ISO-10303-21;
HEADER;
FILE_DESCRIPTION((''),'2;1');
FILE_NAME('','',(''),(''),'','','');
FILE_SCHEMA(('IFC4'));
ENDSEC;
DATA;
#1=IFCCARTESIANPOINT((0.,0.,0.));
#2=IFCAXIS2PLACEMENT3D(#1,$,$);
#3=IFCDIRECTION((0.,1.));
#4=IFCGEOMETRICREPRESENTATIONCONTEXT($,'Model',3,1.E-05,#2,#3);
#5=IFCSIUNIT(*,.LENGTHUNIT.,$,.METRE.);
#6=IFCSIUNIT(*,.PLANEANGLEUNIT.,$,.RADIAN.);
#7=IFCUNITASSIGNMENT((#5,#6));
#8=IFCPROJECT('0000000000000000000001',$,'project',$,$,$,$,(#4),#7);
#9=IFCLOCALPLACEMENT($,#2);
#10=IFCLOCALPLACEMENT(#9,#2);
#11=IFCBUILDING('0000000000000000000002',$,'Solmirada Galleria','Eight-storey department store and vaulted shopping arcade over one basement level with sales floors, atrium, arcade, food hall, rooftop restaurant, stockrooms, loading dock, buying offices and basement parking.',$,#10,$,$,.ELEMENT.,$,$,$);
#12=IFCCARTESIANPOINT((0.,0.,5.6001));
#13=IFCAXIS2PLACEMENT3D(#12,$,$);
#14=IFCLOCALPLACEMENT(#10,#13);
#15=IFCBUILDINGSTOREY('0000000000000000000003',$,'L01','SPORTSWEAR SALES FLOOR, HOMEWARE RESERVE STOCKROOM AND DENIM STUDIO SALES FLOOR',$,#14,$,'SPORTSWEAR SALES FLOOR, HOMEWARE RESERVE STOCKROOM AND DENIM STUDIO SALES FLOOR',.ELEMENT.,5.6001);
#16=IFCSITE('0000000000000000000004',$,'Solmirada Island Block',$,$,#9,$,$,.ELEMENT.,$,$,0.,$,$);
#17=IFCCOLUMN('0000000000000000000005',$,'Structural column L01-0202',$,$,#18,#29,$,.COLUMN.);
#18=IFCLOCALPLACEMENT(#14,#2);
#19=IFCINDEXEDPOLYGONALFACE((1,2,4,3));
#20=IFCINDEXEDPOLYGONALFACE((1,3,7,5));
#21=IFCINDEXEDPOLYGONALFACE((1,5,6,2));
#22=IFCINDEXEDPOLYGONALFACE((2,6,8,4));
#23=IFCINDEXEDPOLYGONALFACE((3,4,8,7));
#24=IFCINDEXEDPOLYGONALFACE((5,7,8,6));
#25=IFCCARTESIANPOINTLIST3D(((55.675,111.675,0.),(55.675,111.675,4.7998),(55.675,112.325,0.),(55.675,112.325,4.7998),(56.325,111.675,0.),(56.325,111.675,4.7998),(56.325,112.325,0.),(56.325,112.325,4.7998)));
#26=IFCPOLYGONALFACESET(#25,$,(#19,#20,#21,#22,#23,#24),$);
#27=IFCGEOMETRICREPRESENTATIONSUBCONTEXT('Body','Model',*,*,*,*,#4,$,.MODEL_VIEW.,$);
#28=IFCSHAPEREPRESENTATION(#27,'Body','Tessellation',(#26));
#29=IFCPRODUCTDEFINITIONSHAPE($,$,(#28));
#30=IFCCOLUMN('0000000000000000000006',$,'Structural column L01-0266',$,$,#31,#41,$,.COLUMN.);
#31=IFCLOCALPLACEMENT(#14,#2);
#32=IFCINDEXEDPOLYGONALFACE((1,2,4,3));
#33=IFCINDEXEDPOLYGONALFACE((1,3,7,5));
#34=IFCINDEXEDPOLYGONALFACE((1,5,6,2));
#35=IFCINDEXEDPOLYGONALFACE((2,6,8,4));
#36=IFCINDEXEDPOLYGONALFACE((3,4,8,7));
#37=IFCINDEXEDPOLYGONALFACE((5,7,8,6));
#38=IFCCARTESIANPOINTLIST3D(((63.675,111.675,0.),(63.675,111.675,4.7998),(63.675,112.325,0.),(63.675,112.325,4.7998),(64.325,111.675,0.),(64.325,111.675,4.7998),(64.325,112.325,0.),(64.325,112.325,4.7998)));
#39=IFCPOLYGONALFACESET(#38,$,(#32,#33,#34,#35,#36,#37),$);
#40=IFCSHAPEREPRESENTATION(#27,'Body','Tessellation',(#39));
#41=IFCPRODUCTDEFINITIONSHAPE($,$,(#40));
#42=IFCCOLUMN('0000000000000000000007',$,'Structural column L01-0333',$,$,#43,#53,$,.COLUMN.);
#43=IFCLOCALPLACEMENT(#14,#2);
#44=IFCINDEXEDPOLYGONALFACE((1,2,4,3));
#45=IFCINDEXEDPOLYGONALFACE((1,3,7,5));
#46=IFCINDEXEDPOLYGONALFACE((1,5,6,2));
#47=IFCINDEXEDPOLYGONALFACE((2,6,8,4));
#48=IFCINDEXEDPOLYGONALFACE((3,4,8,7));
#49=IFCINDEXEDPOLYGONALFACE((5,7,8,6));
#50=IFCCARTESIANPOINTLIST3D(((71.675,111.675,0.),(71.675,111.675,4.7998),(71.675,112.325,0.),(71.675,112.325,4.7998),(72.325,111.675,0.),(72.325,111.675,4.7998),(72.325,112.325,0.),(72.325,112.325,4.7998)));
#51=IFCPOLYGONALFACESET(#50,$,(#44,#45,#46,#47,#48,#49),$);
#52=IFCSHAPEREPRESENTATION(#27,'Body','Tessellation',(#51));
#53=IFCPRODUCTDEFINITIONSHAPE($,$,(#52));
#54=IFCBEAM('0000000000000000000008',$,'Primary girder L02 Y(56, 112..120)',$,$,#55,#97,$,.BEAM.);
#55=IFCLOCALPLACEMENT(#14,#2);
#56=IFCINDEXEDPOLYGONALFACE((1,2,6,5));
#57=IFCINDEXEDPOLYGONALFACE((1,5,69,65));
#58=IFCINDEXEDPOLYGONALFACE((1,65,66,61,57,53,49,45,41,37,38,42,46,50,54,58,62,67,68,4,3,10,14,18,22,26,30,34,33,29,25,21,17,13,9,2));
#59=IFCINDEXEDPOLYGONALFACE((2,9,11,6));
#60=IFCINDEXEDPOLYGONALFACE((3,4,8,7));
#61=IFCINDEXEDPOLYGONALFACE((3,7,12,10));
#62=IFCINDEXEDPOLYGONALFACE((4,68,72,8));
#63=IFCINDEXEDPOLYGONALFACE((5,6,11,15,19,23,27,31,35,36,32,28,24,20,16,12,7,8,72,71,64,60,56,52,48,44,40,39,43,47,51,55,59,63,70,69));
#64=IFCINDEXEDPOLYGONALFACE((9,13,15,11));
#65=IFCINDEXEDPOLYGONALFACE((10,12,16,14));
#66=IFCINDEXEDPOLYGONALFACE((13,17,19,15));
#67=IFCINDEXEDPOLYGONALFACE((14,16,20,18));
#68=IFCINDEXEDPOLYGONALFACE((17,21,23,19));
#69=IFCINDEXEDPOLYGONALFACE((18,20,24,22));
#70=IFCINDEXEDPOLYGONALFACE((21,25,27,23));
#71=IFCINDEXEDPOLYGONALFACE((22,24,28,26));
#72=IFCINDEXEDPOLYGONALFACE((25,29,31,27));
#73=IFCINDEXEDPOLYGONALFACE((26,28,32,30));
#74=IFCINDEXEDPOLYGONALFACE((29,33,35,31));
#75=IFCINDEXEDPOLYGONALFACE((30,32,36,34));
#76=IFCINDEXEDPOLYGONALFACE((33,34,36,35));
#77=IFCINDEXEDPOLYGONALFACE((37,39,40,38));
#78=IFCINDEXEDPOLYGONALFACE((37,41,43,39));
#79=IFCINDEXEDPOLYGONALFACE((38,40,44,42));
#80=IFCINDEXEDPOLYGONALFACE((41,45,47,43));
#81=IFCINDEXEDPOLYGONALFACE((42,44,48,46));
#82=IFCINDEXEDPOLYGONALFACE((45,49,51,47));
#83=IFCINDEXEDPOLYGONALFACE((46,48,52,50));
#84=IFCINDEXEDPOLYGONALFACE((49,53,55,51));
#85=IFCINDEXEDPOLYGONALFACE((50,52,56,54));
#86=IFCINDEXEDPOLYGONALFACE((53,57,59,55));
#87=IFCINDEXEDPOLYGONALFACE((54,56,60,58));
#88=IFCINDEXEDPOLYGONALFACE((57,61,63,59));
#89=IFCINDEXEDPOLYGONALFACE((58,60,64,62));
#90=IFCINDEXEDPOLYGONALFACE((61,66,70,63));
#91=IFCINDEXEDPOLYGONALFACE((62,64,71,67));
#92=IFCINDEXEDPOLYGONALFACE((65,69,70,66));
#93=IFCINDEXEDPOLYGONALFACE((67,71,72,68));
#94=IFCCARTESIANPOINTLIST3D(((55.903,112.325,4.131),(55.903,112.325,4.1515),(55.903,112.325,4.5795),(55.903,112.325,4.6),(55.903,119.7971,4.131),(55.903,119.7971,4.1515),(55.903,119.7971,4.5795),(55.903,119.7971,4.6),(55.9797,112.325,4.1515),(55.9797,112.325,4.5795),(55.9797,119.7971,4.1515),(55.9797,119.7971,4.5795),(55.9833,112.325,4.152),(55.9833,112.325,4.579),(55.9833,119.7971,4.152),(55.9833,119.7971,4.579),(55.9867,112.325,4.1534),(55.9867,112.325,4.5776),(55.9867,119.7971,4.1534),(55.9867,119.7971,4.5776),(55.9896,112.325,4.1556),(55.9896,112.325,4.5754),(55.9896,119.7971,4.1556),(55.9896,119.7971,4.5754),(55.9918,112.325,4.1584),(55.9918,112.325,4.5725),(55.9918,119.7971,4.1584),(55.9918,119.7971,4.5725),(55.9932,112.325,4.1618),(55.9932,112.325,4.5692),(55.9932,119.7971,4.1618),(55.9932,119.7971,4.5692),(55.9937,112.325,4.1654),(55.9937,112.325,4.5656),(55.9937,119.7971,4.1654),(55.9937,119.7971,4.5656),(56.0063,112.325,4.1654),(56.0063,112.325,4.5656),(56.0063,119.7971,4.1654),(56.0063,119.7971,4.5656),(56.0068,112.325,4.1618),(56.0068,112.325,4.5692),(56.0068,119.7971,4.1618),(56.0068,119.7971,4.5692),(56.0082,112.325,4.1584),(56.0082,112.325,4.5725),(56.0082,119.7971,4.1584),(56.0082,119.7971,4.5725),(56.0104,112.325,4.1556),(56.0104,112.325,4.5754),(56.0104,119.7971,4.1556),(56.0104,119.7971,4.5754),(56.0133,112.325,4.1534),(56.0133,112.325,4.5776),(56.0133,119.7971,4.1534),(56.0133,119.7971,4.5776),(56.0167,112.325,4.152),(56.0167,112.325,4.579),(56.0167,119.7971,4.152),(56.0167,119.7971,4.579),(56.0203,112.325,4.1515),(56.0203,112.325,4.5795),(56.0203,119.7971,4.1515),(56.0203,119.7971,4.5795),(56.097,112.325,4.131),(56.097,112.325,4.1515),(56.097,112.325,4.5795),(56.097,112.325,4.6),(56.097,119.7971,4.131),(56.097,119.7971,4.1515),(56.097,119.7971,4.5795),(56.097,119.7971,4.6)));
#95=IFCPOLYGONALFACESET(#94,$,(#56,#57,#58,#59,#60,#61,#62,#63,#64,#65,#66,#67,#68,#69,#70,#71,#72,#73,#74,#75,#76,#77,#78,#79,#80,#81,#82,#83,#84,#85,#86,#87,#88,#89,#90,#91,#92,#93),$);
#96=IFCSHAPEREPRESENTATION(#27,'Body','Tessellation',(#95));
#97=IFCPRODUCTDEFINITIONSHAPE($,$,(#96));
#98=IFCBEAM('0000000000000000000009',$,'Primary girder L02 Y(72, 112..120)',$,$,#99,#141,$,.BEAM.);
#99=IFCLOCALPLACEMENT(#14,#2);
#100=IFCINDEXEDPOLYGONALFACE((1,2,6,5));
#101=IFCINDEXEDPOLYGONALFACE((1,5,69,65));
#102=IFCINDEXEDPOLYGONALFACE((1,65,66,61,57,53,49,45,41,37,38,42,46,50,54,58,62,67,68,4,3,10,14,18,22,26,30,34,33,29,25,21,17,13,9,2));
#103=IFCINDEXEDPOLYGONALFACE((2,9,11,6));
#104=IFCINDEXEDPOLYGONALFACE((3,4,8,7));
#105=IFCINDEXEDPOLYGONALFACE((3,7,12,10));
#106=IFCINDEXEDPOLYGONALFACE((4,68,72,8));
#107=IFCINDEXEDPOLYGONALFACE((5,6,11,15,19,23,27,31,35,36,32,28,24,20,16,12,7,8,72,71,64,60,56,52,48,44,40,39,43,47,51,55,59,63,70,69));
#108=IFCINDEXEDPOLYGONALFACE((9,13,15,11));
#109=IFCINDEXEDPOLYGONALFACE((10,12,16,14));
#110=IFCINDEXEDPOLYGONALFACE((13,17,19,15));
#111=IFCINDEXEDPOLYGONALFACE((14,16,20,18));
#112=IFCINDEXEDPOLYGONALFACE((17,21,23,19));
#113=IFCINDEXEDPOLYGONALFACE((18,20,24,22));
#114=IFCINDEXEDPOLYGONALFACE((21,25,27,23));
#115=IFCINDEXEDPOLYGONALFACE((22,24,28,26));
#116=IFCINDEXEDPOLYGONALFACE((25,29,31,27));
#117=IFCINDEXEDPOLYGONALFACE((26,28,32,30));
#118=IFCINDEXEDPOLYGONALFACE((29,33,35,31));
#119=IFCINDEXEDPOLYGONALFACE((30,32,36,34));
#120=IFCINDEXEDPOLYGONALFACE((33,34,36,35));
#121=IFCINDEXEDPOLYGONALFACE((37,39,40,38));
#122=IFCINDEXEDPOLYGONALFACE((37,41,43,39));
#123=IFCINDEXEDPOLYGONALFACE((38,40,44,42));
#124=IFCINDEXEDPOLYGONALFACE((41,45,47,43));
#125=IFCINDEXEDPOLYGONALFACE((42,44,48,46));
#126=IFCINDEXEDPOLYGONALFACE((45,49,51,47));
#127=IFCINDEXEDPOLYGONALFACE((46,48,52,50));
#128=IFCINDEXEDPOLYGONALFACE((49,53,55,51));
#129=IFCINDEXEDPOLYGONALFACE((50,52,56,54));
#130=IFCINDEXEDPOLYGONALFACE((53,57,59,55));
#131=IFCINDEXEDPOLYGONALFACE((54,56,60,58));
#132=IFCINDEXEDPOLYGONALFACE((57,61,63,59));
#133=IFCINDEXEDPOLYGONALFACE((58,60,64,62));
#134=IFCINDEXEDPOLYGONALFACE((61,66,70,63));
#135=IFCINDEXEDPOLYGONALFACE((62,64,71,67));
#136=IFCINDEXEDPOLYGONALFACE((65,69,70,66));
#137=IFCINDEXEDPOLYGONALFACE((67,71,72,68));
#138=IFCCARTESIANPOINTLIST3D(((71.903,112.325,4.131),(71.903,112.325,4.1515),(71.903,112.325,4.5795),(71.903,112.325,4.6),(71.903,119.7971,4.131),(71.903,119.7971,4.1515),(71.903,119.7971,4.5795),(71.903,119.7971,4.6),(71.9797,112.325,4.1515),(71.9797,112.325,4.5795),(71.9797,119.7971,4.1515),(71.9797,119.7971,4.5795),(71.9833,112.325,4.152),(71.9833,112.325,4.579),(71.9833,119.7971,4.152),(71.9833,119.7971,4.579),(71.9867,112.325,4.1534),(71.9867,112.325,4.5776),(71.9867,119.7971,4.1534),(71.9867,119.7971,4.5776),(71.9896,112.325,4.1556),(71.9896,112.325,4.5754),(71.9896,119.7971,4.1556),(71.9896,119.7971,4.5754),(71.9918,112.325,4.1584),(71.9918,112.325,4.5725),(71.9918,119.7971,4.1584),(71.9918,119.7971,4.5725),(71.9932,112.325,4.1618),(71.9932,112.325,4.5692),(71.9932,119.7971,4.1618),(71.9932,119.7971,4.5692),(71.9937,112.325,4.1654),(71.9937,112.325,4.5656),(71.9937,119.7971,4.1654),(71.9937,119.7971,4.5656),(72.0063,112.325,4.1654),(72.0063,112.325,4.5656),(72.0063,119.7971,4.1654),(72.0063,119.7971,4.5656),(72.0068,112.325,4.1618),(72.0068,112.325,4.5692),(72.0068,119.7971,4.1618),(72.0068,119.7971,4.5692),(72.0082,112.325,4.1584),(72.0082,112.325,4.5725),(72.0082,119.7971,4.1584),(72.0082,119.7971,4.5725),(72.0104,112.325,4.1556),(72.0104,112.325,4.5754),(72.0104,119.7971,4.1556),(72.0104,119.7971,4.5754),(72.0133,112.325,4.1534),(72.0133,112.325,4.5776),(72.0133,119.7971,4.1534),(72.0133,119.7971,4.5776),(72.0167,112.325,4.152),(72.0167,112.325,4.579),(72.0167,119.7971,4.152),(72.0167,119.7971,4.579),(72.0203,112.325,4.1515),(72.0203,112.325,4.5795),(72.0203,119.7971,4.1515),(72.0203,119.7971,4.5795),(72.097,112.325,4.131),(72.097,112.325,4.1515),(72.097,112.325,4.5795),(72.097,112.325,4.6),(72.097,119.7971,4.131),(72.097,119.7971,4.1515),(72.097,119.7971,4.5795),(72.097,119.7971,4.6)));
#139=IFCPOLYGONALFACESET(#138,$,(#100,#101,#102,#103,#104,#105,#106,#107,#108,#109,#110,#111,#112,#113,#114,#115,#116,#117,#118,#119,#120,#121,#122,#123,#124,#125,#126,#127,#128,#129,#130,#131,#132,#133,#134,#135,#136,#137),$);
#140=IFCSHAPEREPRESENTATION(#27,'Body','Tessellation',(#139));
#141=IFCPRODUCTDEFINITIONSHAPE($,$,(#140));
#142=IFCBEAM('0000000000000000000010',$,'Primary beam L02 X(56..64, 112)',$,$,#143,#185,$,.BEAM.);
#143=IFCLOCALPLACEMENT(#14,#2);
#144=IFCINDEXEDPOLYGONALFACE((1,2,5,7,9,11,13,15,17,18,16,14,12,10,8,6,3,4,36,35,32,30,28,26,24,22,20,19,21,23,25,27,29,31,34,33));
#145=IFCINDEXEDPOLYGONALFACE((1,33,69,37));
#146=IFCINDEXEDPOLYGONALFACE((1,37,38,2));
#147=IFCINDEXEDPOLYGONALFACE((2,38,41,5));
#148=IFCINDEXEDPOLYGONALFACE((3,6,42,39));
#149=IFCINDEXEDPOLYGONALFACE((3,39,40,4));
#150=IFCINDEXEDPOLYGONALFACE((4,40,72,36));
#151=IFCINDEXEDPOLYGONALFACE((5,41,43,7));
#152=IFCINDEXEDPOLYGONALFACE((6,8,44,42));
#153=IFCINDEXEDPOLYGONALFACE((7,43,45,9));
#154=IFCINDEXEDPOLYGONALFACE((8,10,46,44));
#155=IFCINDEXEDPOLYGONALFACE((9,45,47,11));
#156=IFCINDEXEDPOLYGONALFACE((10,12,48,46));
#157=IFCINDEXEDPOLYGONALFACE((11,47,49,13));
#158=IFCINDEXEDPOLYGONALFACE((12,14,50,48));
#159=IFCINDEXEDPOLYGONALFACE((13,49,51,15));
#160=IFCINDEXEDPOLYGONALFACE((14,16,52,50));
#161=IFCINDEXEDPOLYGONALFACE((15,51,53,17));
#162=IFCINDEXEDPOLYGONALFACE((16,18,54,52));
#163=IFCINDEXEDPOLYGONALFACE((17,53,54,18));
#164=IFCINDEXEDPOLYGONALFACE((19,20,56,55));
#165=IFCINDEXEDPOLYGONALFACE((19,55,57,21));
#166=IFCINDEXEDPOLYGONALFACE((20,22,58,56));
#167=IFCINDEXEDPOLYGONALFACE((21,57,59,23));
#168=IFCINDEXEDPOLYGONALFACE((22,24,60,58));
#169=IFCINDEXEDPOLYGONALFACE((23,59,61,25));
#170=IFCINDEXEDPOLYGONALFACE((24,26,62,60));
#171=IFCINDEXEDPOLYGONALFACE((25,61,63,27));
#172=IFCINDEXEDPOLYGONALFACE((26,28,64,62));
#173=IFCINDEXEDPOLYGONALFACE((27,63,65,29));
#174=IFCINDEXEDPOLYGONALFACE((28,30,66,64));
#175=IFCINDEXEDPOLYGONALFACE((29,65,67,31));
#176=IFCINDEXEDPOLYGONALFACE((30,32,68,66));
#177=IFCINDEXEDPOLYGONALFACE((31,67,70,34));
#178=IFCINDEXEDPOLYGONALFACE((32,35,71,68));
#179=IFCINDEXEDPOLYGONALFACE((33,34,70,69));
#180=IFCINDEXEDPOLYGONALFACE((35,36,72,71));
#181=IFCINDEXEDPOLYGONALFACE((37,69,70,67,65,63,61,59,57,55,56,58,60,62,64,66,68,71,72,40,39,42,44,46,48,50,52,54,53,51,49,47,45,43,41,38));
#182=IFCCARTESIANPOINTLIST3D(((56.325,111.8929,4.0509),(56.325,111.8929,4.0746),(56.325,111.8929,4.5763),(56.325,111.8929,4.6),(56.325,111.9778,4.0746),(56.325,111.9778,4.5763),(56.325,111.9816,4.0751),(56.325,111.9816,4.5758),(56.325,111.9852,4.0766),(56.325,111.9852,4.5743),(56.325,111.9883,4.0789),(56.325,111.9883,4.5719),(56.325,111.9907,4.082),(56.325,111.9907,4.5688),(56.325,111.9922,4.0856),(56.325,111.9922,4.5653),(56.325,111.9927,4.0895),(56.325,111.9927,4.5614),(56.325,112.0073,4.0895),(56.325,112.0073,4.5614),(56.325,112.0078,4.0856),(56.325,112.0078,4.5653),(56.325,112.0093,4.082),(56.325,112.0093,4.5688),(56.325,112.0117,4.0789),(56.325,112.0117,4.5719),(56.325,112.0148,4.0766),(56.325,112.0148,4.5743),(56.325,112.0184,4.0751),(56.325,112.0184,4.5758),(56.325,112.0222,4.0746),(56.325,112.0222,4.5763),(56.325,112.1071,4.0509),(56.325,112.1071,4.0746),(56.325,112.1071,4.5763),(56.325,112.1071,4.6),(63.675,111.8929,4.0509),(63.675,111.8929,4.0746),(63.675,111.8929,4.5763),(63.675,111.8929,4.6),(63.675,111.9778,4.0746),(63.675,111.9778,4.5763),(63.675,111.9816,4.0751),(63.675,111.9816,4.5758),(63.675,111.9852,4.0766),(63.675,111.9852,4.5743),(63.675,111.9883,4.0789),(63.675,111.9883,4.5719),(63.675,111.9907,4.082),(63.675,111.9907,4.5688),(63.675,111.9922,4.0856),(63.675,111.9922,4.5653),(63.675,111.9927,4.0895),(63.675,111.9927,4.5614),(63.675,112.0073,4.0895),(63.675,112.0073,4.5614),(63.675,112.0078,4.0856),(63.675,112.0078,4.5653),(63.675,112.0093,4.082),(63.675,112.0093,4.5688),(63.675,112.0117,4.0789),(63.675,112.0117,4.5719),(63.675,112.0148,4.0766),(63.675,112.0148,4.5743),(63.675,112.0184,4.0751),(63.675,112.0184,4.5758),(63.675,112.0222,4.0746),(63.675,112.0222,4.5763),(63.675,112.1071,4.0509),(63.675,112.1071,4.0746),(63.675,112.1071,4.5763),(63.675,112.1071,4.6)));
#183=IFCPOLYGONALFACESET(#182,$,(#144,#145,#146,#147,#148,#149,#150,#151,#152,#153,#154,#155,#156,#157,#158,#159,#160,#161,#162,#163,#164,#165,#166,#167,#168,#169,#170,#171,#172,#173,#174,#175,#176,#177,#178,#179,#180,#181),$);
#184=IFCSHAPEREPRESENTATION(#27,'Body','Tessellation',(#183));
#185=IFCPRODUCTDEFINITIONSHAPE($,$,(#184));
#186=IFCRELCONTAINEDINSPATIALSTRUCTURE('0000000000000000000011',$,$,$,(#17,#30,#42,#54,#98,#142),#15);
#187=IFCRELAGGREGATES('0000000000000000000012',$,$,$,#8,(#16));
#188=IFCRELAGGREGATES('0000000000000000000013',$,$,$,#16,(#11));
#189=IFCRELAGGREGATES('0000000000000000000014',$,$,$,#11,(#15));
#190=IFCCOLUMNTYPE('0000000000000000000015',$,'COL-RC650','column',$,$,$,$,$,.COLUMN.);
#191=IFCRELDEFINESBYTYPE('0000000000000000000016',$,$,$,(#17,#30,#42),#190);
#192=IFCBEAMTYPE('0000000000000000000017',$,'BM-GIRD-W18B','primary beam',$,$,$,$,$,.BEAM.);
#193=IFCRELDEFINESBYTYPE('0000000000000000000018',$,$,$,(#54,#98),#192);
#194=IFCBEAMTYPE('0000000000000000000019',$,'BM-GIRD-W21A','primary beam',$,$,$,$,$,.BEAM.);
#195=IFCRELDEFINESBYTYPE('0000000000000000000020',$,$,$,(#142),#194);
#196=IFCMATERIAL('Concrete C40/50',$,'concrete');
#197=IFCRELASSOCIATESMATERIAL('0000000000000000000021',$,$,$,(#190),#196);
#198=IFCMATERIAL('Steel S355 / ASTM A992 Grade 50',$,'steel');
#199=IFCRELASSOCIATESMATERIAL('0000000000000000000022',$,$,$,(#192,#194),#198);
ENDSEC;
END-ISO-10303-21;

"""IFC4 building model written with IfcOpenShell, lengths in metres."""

from ifc_helpers import new_model, si_unit, direction, frame, origin, origin_2d, place, context, subcontext, project, spatial, rectangle, i_section, extrude, material, material_profile, profile_set, type_object, element, save


model = new_model("IFC4")

# Units and contexts
model_context = context("Model", 3, precision=1e-05, world=origin(), true_north=direction((0.0, 1.0)))
body_context = subcontext(model_context, "Body", "Model", "MODEL_VIEW")
ifc_project = project(units=[si_unit("LENGTHUNIT", "METRE"), si_unit("PLANEANGLEUNIT", "RADIAN")], contexts=[model_context])

# Site, building, storey
site_placement = place(None, origin())
site = spatial("IfcSite", under=ifc_project, at=site_placement, Name="Solmirada Island Block", CompositionType="ELEMENT", RefElevation=0.0)
building_placement = place(site_placement, origin())
building = spatial("IfcBuilding", under=site, at=building_placement, Name="Solmirada Galleria", Description="Eight-storey department store and vaulted shopping arcade over one basement level with sales floors, atrium, arcade, food hall, rooftop restaurant, stockrooms, loading dock, buying offices and basement parking.", CompositionType="ELEMENT")
storey_placement = place(building_placement, frame((0.0, 0.0, 5.6001)))
storey = spatial("IfcBuildingStorey", under=building, at=storey_placement, Name="L01", Description="SPORTSWEAR SALES FLOOR, HOMEWARE RESERVE STOCKROOM AND DENIM STUDIO SALES FLOOR", LongName="SPORTSWEAR SALES FLOOR, HOMEWARE RESERVE STOCKROOM AND DENIM STUDIO SALES FLOOR", CompositionType="ELEMENT", Elevation=5.6001)

# Columns
ifc_material_1 = material(Name="Concrete C40/50", Category="concrete")
ifc_material_profile_1 = material_profile(ifc_material_1, rectangle(XDim=0.6499, YDim=0.6499, at=origin_2d()), Name="RC650X650")
ifc_profile_set_1 = profile_set([ifc_material_profile_1], Name="Concrete C40/50")
column_type = type_object("IfcColumnType", Name="COL-RC650", Description="column", PredefinedType="COLUMN", material=ifc_profile_set_1)
for number, where, z_axis, x_axis, name in (
    (1, (56.0, 112.0, 0.0), (0.0, 0.0, 1.0), (1.0, 0.0, 0.0), "Structural column L01-0202"),
    (2, (64.0, 112.0, 0.0), (0.0, 0.0, 1.0), (1.0, 0.0, 0.0), "Structural column L01-0266"),
    (3, (72.0, 112.0, 0.0), (0.0, 0.0, 1.0), (1.0, 0.0, 0.0), "Structural column L01-0333"),
):
    element("IfcColumn", number, at=place(storey_placement, frame(where, z_axis=z_axis, x_axis=x_axis)), inside=storey, type_object=column_type, Name=name, PredefinedType="COLUMN", context=body_context, shape_type="SweptSolid", body=[
        extrude(rectangle(XDim=0.6499, YDim=0.6499, at=origin_2d()), origin(), (0.0, 0.0, 1.0), 4.7998),
    ])

# Beams
ifc_material_2 = material(Name="Steel S355 / ASTM A992 Grade 50", Category="steel")
ifc_material_profile_2 = material_profile(ifc_material_2, i_section(OverallWidth=0.1941, OverallDepth=0.469, WebThickness=0.0127, FlangeThickness=0.0205, FilletRadius=0.0139, at=origin_2d()), Name="W18X71")
ifc_profile_set_2 = profile_set([ifc_material_profile_2], Name="Steel S355 / ASTM A992 Grade 50")
beam_type_1 = type_object("IfcBeamType", Name="BM-GIRD-W18B", Description="primary beam", PredefinedType="BEAM", material=ifc_profile_set_2)
for number, where, z_axis, x_axis, name in (
    (4, (56.0, 112.325, 4.3655), (0.0, 1.0, 0.0), (-1.0, 0.0, 0.0), "Primary girder L02 Y(56, 112..120)"),
    (5, (72.0, 112.325, 4.3655), (0.0, 1.0, 0.0), (-1.0, 0.0, 0.0), "Primary girder L02 Y(72, 112..120)"),
):
    element("IfcBeam", number, at=place(storey_placement, frame(where, z_axis=z_axis, x_axis=x_axis)), inside=storey, type_object=beam_type_1, Name=name, PredefinedType="BEAM", context=body_context, shape_type="SweptSolid", body=[
        extrude(i_section(OverallWidth=0.1941, OverallDepth=0.469, WebThickness=0.0127, FlangeThickness=0.0205, FilletRadius=0.0139, at=origin_2d()), origin(), (0.0, 0.0, 1.0), 7.4722),
    ])
ifc_material_profile_3 = material_profile(ifc_material_2, i_section(OverallWidth=0.2141, OverallDepth=0.5491, WebThickness=0.0146, FlangeThickness=0.0237, FilletRadius=0.0149, at=origin_2d()), Name="W21X93")
ifc_profile_set_3 = profile_set([ifc_material_profile_3], Name="Steel S355 / ASTM A992 Grade 50")
beam_type_2 = type_object("IfcBeamType", Name="BM-GIRD-W21A", Description="primary beam", PredefinedType="BEAM", material=ifc_profile_set_3)
for number, where, z_axis, x_axis, name in (
    (6, (56.325, 112.0, 4.3254), (1.0, 0.0, 0.0), (0.0, 1.0, 0.0), "Primary beam L02 X(56..64, 112)"),
):
    element("IfcBeam", number, at=place(storey_placement, frame(where, z_axis=z_axis, x_axis=x_axis)), inside=storey, type_object=beam_type_2, Name=name, PredefinedType="BEAM", context=body_context, shape_type="SweptSolid", body=[
        extrude(i_section(OverallWidth=0.2141, OverallDepth=0.5491, WebThickness=0.0146, FlangeThickness=0.0237, FilletRadius=0.0149, at=origin_2d()), origin(), (0.0, 0.0, 1.0), 7.3501),
    ])

save(model, "model.ifc")
